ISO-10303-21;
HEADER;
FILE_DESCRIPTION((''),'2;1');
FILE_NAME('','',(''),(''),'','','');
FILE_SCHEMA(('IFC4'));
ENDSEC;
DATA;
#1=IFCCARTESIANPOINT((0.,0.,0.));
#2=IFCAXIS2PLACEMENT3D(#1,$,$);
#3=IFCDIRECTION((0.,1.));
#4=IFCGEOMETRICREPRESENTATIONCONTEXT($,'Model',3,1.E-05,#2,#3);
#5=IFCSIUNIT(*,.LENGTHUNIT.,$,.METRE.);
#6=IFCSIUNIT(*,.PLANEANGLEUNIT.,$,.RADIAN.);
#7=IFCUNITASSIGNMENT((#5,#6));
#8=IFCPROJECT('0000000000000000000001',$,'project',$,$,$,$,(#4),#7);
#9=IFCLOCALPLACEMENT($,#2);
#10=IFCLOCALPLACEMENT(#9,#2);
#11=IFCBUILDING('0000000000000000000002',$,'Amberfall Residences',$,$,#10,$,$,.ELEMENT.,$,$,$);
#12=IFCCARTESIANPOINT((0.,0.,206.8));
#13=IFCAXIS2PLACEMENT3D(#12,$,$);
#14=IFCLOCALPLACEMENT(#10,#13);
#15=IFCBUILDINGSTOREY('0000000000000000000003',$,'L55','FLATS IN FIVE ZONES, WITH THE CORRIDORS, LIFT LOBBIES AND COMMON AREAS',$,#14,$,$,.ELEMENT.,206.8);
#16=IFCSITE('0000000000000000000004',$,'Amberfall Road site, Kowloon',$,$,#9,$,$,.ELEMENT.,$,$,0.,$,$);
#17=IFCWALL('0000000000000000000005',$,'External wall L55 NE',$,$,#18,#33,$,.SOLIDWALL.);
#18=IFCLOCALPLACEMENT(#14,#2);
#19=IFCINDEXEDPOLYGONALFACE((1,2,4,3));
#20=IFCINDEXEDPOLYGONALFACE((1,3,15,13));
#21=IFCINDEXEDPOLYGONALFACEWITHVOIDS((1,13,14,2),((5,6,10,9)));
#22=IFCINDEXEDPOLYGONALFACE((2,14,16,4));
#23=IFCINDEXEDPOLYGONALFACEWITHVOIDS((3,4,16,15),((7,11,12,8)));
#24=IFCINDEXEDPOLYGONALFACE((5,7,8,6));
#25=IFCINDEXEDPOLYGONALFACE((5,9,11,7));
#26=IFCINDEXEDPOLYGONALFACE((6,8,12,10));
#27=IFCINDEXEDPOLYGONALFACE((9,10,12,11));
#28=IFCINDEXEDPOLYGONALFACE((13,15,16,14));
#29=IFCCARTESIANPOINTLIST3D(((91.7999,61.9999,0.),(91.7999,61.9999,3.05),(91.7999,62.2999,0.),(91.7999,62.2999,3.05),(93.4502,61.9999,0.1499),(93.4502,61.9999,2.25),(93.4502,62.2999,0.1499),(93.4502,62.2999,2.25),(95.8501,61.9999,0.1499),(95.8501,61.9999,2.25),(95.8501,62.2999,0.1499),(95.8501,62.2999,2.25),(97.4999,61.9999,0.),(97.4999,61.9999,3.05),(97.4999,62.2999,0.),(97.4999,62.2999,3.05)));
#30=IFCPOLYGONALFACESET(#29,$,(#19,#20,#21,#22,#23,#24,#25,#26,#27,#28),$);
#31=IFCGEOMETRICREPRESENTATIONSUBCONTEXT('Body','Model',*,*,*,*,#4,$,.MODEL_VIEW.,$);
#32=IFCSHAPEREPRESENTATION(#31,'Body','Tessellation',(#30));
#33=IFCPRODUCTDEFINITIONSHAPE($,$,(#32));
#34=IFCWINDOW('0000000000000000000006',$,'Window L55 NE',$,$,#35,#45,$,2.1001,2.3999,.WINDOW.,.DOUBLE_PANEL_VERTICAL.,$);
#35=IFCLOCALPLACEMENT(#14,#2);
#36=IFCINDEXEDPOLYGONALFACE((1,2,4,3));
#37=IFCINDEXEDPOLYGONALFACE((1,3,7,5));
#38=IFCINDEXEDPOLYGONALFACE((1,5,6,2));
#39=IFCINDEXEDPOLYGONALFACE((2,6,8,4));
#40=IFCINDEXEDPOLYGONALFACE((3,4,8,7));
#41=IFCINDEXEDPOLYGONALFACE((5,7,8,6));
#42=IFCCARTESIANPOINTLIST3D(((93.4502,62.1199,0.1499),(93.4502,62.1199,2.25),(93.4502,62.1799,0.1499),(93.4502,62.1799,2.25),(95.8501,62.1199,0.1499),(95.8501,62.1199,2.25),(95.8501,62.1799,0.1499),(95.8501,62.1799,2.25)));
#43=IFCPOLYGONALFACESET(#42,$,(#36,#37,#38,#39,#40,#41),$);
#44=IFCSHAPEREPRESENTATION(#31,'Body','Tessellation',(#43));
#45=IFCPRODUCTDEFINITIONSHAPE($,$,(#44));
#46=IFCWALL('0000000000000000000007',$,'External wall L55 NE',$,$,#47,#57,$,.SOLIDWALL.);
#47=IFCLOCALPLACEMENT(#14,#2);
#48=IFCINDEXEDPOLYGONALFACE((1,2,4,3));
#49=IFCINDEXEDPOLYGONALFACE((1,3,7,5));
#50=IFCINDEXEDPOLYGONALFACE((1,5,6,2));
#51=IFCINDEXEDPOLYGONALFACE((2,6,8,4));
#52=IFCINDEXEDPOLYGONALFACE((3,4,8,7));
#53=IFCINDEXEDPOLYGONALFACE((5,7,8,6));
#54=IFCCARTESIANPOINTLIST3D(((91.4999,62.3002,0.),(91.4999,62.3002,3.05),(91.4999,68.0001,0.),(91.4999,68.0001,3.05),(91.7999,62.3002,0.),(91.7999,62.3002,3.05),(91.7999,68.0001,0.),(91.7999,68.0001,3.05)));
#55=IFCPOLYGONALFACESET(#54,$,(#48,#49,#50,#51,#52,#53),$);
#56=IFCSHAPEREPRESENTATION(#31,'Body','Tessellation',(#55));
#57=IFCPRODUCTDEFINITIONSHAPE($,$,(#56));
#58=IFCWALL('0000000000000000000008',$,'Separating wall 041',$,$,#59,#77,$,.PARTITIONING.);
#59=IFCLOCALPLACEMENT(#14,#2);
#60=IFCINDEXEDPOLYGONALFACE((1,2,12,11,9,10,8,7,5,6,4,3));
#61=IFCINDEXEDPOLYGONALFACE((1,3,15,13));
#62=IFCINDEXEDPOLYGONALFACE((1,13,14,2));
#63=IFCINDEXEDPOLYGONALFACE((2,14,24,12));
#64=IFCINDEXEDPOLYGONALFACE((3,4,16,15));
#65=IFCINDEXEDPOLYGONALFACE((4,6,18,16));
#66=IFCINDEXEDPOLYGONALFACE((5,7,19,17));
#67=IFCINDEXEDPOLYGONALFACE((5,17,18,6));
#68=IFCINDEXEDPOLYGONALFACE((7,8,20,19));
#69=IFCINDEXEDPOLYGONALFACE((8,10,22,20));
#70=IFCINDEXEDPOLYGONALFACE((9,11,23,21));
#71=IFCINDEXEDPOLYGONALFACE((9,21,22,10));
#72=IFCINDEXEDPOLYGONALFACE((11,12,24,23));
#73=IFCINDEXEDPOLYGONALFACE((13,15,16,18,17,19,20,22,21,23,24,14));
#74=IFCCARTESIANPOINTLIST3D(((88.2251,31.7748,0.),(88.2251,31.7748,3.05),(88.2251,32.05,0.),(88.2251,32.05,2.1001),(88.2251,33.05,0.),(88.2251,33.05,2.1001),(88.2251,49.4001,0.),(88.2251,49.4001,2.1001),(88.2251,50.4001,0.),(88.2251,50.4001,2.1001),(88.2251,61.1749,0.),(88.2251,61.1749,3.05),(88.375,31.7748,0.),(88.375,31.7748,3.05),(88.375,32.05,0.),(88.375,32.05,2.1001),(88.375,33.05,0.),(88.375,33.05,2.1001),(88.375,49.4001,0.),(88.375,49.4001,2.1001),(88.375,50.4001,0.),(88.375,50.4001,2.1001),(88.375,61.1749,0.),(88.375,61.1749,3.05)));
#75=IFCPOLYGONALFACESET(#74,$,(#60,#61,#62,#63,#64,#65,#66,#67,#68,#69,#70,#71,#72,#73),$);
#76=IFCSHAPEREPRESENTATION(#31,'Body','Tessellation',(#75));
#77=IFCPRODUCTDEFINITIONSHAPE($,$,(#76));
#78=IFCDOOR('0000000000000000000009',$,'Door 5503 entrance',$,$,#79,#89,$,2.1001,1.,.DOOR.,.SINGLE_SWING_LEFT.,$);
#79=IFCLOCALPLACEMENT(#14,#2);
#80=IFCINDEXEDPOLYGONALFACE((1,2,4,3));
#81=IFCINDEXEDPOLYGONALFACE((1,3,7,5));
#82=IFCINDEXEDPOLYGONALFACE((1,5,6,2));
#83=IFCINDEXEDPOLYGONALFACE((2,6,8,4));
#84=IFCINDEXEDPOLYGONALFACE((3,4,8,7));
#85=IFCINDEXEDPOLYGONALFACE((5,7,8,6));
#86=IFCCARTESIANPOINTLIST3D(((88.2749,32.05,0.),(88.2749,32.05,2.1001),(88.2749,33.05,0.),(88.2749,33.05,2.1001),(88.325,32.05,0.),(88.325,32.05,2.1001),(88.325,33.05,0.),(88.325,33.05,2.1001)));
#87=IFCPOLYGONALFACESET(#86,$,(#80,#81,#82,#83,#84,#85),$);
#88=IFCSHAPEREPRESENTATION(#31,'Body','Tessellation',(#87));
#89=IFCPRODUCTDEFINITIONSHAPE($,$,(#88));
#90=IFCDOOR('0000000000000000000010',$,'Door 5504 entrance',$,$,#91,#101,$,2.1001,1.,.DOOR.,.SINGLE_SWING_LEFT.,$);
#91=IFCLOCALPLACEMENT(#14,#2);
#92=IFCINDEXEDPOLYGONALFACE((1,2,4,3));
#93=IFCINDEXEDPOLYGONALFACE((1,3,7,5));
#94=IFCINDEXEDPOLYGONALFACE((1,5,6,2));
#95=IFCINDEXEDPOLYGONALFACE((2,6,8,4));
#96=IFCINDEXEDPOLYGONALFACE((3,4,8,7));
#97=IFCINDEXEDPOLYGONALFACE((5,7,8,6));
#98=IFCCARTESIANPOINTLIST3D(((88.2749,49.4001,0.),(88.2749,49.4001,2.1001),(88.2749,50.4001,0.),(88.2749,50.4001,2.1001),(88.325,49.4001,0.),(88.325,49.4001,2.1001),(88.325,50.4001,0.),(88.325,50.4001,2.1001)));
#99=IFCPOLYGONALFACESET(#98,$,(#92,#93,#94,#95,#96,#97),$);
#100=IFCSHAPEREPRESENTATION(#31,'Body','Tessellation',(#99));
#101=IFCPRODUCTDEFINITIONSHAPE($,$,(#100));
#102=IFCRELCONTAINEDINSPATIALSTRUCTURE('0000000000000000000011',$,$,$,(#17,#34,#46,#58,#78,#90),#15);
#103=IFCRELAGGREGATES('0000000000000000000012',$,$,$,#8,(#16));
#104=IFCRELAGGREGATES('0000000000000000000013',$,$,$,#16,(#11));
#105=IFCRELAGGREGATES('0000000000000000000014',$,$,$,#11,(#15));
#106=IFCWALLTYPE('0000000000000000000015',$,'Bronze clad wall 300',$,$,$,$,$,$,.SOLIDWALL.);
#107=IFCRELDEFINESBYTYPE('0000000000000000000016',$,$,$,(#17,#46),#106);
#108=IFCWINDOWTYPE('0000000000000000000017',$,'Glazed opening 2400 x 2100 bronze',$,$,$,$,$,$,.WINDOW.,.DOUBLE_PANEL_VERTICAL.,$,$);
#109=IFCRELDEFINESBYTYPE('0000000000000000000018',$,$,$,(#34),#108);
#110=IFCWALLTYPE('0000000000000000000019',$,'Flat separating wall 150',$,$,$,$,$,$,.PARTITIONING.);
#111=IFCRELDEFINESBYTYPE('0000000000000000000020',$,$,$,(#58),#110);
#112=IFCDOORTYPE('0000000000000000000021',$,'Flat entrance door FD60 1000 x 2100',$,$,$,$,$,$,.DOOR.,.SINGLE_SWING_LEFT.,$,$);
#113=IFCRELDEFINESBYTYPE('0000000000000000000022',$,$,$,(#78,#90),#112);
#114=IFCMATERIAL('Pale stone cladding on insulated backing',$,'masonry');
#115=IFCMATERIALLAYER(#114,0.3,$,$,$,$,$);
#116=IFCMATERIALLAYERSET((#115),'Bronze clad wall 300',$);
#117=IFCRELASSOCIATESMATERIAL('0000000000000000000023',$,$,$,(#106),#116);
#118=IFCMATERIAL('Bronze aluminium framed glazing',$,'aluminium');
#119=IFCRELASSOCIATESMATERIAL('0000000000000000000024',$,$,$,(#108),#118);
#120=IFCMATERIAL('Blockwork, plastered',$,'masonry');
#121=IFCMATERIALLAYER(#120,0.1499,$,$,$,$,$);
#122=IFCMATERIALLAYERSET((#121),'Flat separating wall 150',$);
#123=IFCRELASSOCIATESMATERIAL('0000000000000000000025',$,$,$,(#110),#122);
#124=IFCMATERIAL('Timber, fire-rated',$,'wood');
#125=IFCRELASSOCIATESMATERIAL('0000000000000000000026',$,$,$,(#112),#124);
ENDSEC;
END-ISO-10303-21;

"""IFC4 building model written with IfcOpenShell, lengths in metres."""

from ifc_helpers import new_model, si_unit, direction, frame, frame_2d, origin, place, context, subcontext, project, spatial, rectangle, extrude, material, layer, layer_set, type_object, element, fill, save


model = new_model("IFC4")

# Units and contexts
model_context = context("Model", 3, precision=1e-05, world=origin(), true_north=direction((0.0, 1.0)))
body_context = subcontext(model_context, "Body", "Model", "MODEL_VIEW")
ifc_project = project(units=[si_unit("LENGTHUNIT", "METRE"), si_unit("PLANEANGLEUNIT", "RADIAN")], contexts=[model_context])

# Site, building, storey
site_placement = place(None, origin())
site = spatial("IfcSite", under=ifc_project, at=site_placement, Name="Amberfall Road site, Kowloon", CompositionType="ELEMENT", RefElevation=0.0)
building_placement = place(site_placement, origin())
building = spatial("IfcBuilding", under=site, at=building_placement, Name="Amberfall Residences", CompositionType="ELEMENT")
storey_placement = place(building_placement, frame((0.0, 0.0, 206.8)))
storey = spatial("IfcBuildingStorey", under=building, at=storey_placement, Name="L55", Description="FLATS IN FIVE ZONES, WITH THE CORRIDORS, LIFT LOBBIES AND COMMON AREAS", CompositionType="ELEMENT", Elevation=206.8)

# Wall, opening, window
ifc_material_1 = material(Name="Pale stone cladding on insulated backing", Category="masonry")
ifc_layer_1 = layer(ifc_material_1, 0.3)
ifc_layer_set_1 = layer_set([ifc_layer_1], Name="Bronze clad wall 300")
wall_type_1 = type_object("IfcWallType", Name="Bronze clad wall 300", PredefinedType="SOLIDWALL", material=ifc_layer_set_1)
wall_1_placement = place(storey_placement, frame((97.5, 62.1499, 0.0), z_axis=(0.0, 0.0, 1.0), x_axis=(-1.0, 0.0, 0.0)))
wall_1 = element("IfcWall", 1, at=wall_1_placement, inside=storey, type_object=wall_type_1, Name="External wall L55 NE", PredefinedType="SOLIDWALL", context=body_context, shape_type="SweptSolid", body=[
    extrude(rectangle(XDim=5.7, YDim=0.3, at=frame_2d((2.8501, 0.0))), origin(), (0.0, 0.0, 1.0), 3.05),
])
opening_1_placement = place(wall_1_placement, frame((1.6499, 0.0, 0.1499)))
opening_1 = element("IfcOpeningElement", 2, at=opening_1_placement, cuts=wall_1, PredefinedType="OPENING", context=body_context, shape_type="SweptSolid", body=[
    extrude(rectangle(XDim=2.3999, YDim=2.1001, at=frame_2d((1.2, 1.05))), frame((0.0, 0.1599, 0.0), z_axis=(0.0, -1.0, 0.0), x_axis=(1.0, 0.0, 0.0)), (0.0, 0.0, 1.0), 0.3201),
])
ifc_material_2 = material(Name="Bronze aluminium framed glazing", Category="aluminium")
window_type = type_object("IfcWindowType", Name="Glazed opening 2400 x 2100 bronze", PartitioningType="DOUBLE_PANEL_VERTICAL", PredefinedType="WINDOW", material=ifc_material_2)
window_placement = place(opening_1_placement, origin())
window = element("IfcWindow", 3, at=window_placement, inside=storey, type_object=window_type, Name="Window L55 NE", OverallHeight=2.1001, OverallWidth=2.3999, PartitioningType="DOUBLE_PANEL_VERTICAL", PredefinedType="WINDOW", context=body_context, shape_type="SweptSolid", body=[
    extrude(rectangle(XDim=2.3999, YDim=2.1001, at=frame_2d((1.2, 1.05))), frame((0.0, 0.03, 0.0), z_axis=(0.0, -1.0, 0.0), x_axis=(1.0, 0.0, 0.0)), (0.0, 0.0, 1.0), 0.0601),
])
fill(opening_1, window)

# Wall
wall_2_placement = place(storey_placement, frame((91.6499, 62.3, 0.0), z_axis=(0.0, 0.0, 1.0), x_axis=(0.0, 1.0, 0.0)))
element("IfcWall", 4, at=wall_2_placement, inside=storey, type_object=wall_type_1, Name="External wall L55 NE", PredefinedType="SOLIDWALL", context=body_context, shape_type="SweptSolid", body=[
    extrude(rectangle(XDim=5.7, YDim=0.3, at=frame_2d((2.8501, 0.0))), origin(), (0.0, 0.0, 1.0), 3.05),
])

# Wall, openings, doors
ifc_material_3 = material(Name="Blockwork, plastered", Category="masonry")
ifc_layer_2 = layer(ifc_material_3, 0.1499)
ifc_layer_set_2 = layer_set([ifc_layer_2], Name="Flat separating wall 150")
wall_type_2 = type_object("IfcWallType", Name="Flat separating wall 150", PredefinedType="PARTITIONING", material=ifc_layer_set_2)
wall_3_placement = place(storey_placement, frame((88.3, 61.175, 0.0), z_axis=(0.0, 0.0, 1.0), x_axis=(0.0, -1.0, 0.0)))
wall_3 = element("IfcWall", 5, at=wall_3_placement, inside=storey, type_object=wall_type_2, Name="Separating wall 041", PredefinedType="PARTITIONING", context=body_context, shape_type="SweptSolid", body=[
    extrude(rectangle(XDim=29.4001, YDim=0.1499, at=frame_2d((14.7002, 0.0))), origin(), (0.0, 0.0, 1.0), 3.05),
])
opening_2_placement = place(wall_3_placement, frame((28.125, 0.0, 0.0)))
opening_2 = element("IfcOpeningElement", 6, at=opening_2_placement, cuts=wall_3, PredefinedType="OPENING", context=body_context, shape_type="SweptSolid", body=[
    extrude(rectangle(XDim=1.0, YDim=2.1001, at=frame_2d((0.5, 1.05))), frame((0.0, 0.085, 0.0), z_axis=(0.0, -1.0, 0.0), x_axis=(1.0, 0.0, 0.0)), (0.0, 0.0, 1.0), 0.1699),
])
opening_3_placement = place(wall_3_placement, frame((10.7749, 0.0, 0.0)))
opening_3 = element("IfcOpeningElement", 7, at=opening_3_placement, cuts=wall_3, PredefinedType="OPENING", context=body_context, shape_type="SweptSolid", body=[
    extrude(rectangle(XDim=1.0, YDim=2.1001, at=frame_2d((0.5, 1.05))), frame((0.0, 0.085, 0.0), z_axis=(0.0, -1.0, 0.0), x_axis=(1.0, 0.0, 0.0)), (0.0, 0.0, 1.0), 0.1699),
])
ifc_material_4 = material(Name="Timber, fire-rated", Category="wood")
door_type = type_object("IfcDoorType", Name="Flat entrance door FD60 1000 x 2100", OperationType="SINGLE_SWING_LEFT", PredefinedType="DOOR", material=ifc_material_4)
door_1_placement = place(opening_2_placement, origin())
door_1 = element("IfcDoor", 8, at=door_1_placement, inside=storey, type_object=door_type, Name="Door 5503 entrance", OperationType="SINGLE_SWING_LEFT", OverallHeight=2.1001, OverallWidth=1.0, PredefinedType="DOOR", context=body_context, shape_type="SweptSolid", body=[
    extrude(rectangle(XDim=1.0, YDim=2.1001, at=frame_2d((0.5, 1.05))), frame((0.0, 0.0249, 0.0), z_axis=(0.0, -1.0, 0.0), x_axis=(1.0, 0.0, 0.0)), (0.0, 0.0, 1.0), 0.05),
])
fill(opening_2, door_1)
door_2_placement = place(opening_3_placement, origin())
door_2 = element("IfcDoor", 9, at=door_2_placement, inside=storey, type_object=door_type, Name="Door 5504 entrance", OperationType="SINGLE_SWING_LEFT", OverallHeight=2.1001, OverallWidth=1.0, PredefinedType="DOOR", context=body_context, shape_type="SweptSolid", body=[
    extrude(rectangle(XDim=1.0, YDim=2.1001, at=frame_2d((0.5, 1.05))), frame((0.0, 0.0249, 0.0), z_axis=(0.0, -1.0, 0.0), x_axis=(1.0, 0.0, 0.0)), (0.0, 0.0, 1.0), 0.05),
])
fill(opening_3, door_2)

save(model, "model.ifc")
